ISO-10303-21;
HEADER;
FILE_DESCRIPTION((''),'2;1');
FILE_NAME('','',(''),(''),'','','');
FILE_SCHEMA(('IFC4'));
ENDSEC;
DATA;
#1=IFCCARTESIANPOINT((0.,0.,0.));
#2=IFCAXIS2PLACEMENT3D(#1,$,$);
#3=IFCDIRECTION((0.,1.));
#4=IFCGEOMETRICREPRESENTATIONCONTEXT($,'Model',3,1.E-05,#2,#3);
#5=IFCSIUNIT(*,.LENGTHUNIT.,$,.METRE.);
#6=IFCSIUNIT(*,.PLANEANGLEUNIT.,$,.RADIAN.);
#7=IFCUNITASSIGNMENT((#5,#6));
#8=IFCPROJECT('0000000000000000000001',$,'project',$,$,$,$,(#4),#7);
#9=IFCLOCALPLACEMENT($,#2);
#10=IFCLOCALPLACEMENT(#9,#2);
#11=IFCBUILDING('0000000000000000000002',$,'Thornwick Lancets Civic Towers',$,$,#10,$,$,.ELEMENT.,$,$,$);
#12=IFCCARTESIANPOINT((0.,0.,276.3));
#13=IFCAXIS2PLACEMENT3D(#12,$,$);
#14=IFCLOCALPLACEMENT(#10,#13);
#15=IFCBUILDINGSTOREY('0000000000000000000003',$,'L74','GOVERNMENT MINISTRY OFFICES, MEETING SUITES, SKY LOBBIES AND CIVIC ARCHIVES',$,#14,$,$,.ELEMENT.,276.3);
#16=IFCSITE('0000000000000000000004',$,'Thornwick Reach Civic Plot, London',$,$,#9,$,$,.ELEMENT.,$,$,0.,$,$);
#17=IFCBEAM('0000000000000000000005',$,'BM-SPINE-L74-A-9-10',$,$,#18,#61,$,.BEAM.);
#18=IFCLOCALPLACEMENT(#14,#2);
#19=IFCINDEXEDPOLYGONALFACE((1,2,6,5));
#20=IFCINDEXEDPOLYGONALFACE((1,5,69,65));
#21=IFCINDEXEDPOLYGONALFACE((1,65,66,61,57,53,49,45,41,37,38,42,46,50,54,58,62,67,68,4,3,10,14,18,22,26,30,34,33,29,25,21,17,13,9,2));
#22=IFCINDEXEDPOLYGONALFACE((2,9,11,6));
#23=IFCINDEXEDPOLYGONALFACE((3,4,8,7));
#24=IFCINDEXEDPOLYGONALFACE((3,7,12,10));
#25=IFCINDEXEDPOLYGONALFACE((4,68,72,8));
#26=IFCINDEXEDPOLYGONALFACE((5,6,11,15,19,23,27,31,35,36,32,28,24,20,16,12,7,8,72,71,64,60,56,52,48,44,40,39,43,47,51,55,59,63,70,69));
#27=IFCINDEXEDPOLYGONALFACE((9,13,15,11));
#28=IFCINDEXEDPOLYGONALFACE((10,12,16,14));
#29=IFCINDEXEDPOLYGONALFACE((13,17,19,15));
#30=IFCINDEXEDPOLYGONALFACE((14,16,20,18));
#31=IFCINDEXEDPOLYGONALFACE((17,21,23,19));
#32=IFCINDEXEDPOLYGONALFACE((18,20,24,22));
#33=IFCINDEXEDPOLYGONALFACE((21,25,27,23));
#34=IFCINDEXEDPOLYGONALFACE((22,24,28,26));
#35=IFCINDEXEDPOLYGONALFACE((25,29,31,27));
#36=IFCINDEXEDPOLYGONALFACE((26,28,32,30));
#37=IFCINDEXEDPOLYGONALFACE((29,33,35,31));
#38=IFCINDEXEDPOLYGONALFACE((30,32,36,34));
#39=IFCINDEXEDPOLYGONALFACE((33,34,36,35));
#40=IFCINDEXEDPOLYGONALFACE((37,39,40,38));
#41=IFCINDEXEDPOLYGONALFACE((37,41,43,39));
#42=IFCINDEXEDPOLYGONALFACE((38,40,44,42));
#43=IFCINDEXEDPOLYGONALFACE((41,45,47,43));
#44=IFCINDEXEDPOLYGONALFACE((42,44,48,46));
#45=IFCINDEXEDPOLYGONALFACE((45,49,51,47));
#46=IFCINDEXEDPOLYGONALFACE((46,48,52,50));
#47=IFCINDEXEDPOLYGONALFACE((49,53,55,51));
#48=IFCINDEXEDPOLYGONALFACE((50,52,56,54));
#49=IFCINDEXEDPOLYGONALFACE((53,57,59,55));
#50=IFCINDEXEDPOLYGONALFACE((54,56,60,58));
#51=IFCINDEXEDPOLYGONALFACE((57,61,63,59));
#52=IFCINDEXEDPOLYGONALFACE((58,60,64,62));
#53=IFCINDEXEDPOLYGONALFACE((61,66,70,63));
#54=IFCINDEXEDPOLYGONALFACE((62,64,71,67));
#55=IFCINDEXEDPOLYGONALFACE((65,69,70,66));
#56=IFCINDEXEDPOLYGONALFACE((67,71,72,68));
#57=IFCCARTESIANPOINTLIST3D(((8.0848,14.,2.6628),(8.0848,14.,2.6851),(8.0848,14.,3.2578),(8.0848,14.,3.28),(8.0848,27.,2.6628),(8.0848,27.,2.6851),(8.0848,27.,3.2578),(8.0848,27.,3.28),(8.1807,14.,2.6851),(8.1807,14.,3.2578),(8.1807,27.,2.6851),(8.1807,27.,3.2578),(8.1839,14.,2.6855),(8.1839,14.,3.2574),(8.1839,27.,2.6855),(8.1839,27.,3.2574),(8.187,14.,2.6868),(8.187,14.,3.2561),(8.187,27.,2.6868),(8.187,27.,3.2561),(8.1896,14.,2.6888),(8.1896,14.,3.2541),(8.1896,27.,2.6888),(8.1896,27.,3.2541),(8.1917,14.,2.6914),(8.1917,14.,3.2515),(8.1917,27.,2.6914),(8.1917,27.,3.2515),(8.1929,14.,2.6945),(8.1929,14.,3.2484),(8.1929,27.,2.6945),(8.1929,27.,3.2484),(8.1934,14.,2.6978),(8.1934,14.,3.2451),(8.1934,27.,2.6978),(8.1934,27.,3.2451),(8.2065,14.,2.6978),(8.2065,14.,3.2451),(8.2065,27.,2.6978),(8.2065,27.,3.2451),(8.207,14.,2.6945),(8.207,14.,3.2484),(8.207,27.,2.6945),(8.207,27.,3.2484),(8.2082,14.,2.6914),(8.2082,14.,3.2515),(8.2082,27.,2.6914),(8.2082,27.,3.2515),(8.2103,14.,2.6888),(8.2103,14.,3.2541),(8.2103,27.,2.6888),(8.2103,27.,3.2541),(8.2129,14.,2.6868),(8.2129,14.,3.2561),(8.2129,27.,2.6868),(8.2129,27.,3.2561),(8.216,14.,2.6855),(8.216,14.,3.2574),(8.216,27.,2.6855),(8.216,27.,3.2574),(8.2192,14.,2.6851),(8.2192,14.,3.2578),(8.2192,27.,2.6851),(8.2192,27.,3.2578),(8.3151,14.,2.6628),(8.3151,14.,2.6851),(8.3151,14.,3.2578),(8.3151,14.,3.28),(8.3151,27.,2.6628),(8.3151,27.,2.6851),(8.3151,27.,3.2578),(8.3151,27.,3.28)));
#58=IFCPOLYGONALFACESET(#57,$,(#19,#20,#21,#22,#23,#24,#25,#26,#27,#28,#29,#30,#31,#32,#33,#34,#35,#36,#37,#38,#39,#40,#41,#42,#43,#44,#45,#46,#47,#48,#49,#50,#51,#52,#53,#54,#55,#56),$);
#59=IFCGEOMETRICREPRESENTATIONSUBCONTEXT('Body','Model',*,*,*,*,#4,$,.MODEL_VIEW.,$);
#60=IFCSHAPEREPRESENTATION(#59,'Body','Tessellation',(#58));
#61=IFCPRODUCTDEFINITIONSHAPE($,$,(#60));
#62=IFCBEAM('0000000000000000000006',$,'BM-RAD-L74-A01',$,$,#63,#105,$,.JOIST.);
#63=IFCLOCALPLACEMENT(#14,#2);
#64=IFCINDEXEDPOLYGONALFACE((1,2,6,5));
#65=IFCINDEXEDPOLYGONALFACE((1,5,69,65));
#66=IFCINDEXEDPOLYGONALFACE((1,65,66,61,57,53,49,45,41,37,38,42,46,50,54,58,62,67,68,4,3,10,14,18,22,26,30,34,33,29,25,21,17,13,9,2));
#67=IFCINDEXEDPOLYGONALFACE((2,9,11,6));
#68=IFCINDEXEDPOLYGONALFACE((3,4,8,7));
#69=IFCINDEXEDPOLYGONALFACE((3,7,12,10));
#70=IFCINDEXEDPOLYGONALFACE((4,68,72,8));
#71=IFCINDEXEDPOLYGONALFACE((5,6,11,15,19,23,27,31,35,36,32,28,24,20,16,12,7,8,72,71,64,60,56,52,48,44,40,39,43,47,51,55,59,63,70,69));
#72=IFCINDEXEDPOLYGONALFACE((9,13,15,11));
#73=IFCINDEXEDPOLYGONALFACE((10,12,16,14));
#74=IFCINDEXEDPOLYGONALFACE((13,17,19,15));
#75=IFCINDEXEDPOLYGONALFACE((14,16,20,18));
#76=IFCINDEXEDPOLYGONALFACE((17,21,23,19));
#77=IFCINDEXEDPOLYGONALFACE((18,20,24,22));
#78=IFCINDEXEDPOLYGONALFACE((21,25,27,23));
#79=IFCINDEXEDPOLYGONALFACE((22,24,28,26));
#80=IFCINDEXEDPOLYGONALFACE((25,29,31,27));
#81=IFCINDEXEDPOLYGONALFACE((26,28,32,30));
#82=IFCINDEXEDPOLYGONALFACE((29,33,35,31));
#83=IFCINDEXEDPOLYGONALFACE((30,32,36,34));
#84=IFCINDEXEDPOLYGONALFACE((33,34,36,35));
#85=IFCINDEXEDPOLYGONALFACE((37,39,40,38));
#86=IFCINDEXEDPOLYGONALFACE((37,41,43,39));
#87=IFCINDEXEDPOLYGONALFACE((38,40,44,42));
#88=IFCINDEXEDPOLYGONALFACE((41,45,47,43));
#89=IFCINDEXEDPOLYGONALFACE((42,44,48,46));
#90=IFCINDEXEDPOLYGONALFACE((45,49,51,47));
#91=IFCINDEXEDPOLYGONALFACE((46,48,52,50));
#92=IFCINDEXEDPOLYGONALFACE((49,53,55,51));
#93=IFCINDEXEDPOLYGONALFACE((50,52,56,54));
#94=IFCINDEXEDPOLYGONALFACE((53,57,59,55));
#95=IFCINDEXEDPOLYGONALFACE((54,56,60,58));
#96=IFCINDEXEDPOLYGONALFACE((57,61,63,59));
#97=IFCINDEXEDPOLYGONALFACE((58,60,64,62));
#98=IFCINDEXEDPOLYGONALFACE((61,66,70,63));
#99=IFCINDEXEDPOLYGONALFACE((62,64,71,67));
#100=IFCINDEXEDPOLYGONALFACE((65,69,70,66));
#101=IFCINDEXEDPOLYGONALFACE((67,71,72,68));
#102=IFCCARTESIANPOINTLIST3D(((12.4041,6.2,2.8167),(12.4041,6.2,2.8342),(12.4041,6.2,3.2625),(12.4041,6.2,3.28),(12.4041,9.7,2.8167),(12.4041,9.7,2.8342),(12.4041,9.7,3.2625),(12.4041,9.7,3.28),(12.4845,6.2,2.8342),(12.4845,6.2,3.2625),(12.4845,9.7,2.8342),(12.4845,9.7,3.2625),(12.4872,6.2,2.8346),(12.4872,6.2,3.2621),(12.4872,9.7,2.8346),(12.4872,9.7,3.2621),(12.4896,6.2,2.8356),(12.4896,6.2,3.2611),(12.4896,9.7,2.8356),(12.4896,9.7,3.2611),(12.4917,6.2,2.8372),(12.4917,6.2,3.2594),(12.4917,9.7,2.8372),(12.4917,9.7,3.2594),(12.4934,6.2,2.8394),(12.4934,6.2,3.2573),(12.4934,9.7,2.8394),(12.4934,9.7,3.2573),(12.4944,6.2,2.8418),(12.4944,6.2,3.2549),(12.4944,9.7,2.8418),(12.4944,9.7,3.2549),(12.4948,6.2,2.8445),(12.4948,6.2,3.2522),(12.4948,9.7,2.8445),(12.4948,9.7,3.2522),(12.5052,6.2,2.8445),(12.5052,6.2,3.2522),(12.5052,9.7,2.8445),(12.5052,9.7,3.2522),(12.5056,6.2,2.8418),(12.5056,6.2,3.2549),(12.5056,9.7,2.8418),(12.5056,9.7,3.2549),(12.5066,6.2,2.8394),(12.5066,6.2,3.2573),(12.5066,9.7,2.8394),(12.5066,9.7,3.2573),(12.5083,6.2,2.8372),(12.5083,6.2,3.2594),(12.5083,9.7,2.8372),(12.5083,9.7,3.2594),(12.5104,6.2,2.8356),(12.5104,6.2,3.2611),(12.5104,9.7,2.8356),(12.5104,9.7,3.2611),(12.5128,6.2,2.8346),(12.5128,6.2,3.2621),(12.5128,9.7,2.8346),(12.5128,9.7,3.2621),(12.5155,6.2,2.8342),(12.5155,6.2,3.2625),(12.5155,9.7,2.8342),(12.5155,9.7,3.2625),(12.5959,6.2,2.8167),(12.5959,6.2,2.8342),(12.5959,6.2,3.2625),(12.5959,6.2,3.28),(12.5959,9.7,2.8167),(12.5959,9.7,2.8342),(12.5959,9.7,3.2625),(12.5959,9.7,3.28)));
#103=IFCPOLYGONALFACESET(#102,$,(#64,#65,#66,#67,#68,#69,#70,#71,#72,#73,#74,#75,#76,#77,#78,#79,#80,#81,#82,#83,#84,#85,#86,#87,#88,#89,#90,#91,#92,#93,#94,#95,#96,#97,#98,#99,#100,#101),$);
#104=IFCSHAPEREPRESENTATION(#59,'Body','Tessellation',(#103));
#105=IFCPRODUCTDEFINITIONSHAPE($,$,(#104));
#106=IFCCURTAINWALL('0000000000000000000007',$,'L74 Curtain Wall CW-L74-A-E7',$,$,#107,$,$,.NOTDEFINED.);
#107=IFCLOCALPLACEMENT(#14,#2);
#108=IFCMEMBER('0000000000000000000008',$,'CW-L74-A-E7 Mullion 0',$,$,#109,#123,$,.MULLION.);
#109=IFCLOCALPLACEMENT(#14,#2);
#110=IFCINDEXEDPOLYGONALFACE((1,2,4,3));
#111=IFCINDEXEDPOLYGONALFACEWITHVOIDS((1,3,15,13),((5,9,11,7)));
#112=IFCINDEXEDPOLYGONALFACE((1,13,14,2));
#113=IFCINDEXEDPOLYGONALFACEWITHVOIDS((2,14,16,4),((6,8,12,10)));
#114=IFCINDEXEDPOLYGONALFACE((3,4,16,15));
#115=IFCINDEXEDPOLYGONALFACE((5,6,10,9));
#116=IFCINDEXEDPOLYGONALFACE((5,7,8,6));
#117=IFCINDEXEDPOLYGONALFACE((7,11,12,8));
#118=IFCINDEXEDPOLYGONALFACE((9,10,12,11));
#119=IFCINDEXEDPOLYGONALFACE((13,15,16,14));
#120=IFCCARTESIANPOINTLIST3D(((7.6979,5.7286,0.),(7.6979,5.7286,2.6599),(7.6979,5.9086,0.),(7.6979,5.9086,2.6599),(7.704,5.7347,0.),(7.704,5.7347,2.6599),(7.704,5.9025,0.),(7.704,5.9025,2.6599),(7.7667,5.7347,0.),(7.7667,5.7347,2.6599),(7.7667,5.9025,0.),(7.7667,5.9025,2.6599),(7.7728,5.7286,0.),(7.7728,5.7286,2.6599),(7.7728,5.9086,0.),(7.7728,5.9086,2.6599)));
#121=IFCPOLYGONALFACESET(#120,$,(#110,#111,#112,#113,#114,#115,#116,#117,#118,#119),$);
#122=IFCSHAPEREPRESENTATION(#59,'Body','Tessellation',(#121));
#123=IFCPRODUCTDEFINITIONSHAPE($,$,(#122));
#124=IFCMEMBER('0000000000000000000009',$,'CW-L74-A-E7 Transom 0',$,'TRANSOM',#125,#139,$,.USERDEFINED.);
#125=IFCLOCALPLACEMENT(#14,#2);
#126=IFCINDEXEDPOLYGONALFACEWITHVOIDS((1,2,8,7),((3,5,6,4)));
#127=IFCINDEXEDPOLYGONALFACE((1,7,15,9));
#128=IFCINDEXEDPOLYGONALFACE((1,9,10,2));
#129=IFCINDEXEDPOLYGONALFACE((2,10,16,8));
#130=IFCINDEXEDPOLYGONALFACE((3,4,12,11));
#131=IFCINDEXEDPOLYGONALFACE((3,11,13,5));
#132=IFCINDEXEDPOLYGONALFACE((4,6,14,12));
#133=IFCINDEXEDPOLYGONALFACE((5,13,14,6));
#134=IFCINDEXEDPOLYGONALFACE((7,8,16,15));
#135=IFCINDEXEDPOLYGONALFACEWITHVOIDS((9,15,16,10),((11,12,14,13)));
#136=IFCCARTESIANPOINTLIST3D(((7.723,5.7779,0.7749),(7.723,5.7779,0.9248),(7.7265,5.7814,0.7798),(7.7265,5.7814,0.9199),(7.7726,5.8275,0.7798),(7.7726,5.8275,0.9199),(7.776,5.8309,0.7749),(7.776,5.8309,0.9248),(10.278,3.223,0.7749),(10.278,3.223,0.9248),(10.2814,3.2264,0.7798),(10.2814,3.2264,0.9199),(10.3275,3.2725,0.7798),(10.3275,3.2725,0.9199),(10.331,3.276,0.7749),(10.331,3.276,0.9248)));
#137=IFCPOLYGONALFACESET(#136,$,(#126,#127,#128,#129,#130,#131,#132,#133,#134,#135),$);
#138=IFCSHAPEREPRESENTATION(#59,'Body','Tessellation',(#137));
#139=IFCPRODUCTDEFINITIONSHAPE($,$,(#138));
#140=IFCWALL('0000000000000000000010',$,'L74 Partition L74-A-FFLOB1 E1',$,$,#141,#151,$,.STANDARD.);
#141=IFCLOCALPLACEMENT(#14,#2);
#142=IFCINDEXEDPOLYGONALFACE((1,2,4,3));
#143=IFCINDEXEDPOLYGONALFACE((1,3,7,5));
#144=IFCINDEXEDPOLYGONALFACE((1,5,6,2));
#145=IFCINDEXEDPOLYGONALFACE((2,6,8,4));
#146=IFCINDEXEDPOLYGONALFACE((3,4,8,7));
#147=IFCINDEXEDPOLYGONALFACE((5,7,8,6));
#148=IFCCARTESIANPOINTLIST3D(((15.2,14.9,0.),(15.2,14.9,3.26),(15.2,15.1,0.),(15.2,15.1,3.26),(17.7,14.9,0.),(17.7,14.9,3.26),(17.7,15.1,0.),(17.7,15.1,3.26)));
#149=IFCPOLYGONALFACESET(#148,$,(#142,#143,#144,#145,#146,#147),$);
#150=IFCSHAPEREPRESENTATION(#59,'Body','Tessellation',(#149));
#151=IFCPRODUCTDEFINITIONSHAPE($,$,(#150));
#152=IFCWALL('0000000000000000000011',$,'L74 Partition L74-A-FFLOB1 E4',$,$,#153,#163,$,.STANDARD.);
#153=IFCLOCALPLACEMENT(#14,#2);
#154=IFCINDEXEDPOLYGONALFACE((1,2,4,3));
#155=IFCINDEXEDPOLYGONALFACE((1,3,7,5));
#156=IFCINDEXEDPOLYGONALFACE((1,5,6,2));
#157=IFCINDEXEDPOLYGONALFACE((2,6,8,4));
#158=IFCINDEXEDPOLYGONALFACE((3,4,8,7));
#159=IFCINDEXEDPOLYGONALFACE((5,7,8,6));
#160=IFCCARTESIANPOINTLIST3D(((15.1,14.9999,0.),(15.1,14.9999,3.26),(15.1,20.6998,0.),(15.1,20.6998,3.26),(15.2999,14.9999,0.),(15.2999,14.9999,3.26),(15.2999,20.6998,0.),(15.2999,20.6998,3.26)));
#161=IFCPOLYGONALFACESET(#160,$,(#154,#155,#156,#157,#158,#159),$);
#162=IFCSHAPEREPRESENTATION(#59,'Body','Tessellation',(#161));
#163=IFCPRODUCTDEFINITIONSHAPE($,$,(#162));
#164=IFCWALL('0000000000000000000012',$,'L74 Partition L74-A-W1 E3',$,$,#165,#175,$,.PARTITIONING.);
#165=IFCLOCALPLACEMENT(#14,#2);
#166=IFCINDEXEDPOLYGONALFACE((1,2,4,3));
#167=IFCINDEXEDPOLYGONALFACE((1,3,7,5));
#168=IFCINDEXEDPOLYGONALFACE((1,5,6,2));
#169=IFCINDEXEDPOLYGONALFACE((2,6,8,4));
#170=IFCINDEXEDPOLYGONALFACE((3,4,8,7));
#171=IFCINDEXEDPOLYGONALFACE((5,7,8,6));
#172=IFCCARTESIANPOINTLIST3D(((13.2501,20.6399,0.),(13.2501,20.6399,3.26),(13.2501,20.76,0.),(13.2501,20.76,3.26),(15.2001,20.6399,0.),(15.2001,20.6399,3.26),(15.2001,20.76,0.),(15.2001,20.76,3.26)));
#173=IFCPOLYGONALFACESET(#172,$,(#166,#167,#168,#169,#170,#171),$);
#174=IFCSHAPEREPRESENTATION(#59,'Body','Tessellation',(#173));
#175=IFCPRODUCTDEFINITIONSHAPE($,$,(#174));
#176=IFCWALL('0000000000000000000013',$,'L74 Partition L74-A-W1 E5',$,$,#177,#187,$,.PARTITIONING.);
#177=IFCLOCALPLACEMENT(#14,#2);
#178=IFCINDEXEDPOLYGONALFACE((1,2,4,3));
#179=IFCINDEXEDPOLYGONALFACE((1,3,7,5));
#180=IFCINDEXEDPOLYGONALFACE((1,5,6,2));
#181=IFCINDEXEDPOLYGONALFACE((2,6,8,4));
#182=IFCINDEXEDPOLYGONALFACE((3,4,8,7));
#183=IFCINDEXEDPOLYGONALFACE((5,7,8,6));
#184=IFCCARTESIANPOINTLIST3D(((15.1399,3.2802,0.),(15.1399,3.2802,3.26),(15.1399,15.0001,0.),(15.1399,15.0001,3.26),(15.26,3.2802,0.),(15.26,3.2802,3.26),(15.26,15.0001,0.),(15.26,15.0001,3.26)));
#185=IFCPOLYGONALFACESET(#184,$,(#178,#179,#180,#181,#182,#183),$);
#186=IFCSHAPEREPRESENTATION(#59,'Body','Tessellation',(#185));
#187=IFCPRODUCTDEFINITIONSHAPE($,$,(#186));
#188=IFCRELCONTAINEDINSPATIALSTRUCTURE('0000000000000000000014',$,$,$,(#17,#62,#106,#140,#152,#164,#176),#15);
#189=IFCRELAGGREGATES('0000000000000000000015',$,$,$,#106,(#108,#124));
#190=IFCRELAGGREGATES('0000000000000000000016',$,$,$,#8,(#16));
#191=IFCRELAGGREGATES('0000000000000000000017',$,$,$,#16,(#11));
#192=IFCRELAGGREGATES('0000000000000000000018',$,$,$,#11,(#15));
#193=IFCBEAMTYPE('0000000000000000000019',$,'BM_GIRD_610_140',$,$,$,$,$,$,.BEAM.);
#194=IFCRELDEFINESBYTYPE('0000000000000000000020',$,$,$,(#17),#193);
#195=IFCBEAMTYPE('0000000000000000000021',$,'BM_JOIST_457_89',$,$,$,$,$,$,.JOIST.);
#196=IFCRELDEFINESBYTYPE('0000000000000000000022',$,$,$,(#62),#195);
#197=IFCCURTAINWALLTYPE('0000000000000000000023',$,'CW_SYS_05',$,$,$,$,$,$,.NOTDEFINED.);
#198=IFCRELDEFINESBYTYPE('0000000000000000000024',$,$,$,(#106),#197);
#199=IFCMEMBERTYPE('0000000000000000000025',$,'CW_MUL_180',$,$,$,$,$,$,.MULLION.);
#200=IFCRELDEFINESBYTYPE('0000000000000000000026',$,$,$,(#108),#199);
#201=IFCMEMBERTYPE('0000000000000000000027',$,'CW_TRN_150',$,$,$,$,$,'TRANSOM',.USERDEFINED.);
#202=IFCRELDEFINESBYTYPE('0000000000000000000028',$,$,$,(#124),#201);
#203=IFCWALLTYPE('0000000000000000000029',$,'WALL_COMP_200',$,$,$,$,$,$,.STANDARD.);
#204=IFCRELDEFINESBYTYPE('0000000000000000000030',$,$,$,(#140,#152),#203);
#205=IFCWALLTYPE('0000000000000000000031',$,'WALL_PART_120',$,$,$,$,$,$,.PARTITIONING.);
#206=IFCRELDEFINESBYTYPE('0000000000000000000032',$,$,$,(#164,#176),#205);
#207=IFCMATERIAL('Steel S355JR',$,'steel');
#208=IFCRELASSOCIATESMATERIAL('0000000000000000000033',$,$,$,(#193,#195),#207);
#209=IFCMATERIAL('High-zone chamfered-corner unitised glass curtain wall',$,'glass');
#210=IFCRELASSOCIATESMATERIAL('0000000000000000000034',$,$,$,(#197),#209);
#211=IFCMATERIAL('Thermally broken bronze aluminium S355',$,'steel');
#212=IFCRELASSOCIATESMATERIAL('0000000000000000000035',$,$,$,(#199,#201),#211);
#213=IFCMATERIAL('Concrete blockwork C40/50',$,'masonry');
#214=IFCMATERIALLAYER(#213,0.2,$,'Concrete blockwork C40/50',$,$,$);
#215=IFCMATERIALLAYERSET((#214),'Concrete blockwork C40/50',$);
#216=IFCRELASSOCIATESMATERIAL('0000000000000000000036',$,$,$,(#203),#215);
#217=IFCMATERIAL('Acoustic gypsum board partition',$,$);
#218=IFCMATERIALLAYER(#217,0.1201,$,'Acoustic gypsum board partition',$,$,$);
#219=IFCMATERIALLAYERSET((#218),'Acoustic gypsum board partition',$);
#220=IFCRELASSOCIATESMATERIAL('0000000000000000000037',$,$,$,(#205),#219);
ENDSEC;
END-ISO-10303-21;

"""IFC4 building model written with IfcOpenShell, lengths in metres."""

from ifc_helpers import new_model, si_unit, direction, frame, frame_2d, origin, origin_2d, place, context, subcontext, project, spatial, rectangle, hollow_rectangle, i_section, extrude, material, layer, layer_set, material_profile, profile_set, type_object, element, aggregate, save


model = new_model("IFC4")

# Units and contexts
model_context = context("Model", 3, precision=1e-05, world=origin(), true_north=direction((0.0, 1.0)))
body_context = subcontext(model_context, "Body", "Model", "MODEL_VIEW")
ifc_project = project(units=[si_unit("LENGTHUNIT", "METRE"), si_unit("PLANEANGLEUNIT", "RADIAN")], contexts=[model_context])

# Site, building, storey
site_placement = place(None, origin())
site = spatial("IfcSite", under=ifc_project, at=site_placement, Name="Thornwick Reach Civic Plot, London", CompositionType="ELEMENT", RefElevation=0.0)
building_placement = place(site_placement, origin())
building = spatial("IfcBuilding", under=site, at=building_placement, Name="Thornwick Lancets Civic Towers", CompositionType="ELEMENT")
storey_placement = place(building_placement, frame((0.0, 0.0, 276.3)))
storey = spatial("IfcBuildingStorey", under=building, at=storey_placement, Name="L74", Description="GOVERNMENT MINISTRY OFFICES, MEETING SUITES, SKY LOBBIES AND CIVIC ARCHIVES", CompositionType="ELEMENT", Elevation=276.3)

# Shared definitions
ifc_material_1 = material(Name="Steel S355JR", Category="steel")

# Beams
ifc_material_profile_1 = material_profile(ifc_material_1, i_section(OverallWidth=0.2302, OverallDepth=0.6172, WebThickness=0.0132, FlangeThickness=0.0222, FilletRadius=0.0127, at=origin_2d()), Name="UKB 610x229x140")
ifc_profile_set_1 = profile_set([ifc_material_profile_1], Name="Steel S355JR")
beam_type_1 = type_object("IfcBeamType", Name="BM_GIRD_610_140", PredefinedType="BEAM", material=ifc_profile_set_1)
for number, where, z_axis, x_axis, name in (
    (1, (8.2, 14.0, 2.9714), (0.0, 1.0, 0.0), (-1.0, 0.0, 0.0), "BM-SPINE-L74-A-9-10"),
):
    element("IfcBeam", number, at=place(storey_placement, frame(where, z_axis=z_axis, x_axis=x_axis)), inside=storey, type_object=beam_type_1, Name=name, PredefinedType="BEAM", context=body_context, shape_type="SweptSolid", body=[
        extrude(i_section(OverallWidth=0.2302, OverallDepth=0.6172, WebThickness=0.0132, FlangeThickness=0.0222, FilletRadius=0.0127, at=origin_2d()), origin(), (0.0, 0.0, 1.0), 13.0),
    ])
ifc_material_profile_2 = material_profile(ifc_material_1, i_section(OverallWidth=0.1919, OverallDepth=0.4634, WebThickness=0.0105, FlangeThickness=0.0176, FilletRadius=0.0103, at=origin_2d()), Name="UKB 457x191x89")
ifc_profile_set_2 = profile_set([ifc_material_profile_2], Name="Steel S355JR")
beam_type_2 = type_object("IfcBeamType", Name="BM_JOIST_457_89", PredefinedType="JOIST", material=ifc_profile_set_2)
beam_1_placement = place(storey_placement, frame((12.5, 9.7, 3.0483), z_axis=(0.0, -1.0, 0.0), x_axis=(1.0, 0.0, 0.0)))
element("IfcBeam", 2, at=beam_1_placement, inside=storey, type_object=beam_type_2, Name="BM-RAD-L74-A01", PredefinedType="JOIST", context=body_context, shape_type="SweptSolid", body=[
    extrude(i_section(OverallWidth=0.1919, OverallDepth=0.4634, WebThickness=0.0105, FlangeThickness=0.0176, FilletRadius=0.0103, at=origin_2d()), origin(), (0.0, 0.0, 1.0), 3.5),
])

# Curtain wall, members
ifc_material_2 = material(Name="High-zone chamfered-corner unitised glass curtain wall", Category="glass")
curtain_wall_type = type_object("IfcCurtainWallType", Name="CW_SYS_05", PredefinedType="NOTDEFINED", material=ifc_material_2)
curtain_wall_placement = place(storey_placement, origin())
curtain_wall = element("IfcCurtainWall", 3, at=curtain_wall_placement, inside=storey, type_object=curtain_wall_type, Name="L74 Curtain Wall CW-L74-A-E7", PredefinedType="NOTDEFINED")
ifc_material_3 = material(Name="Thermally broken bronze aluminium S355", Category="steel")
ifc_material_profile_3 = material_profile(ifc_material_3, hollow_rectangle(XDim=0.075, YDim=0.1799, WallThickness=0.0061, at=origin_2d()), Name="RHS 180x75x6")
ifc_profile_set_3 = profile_set([ifc_material_profile_3], Name="Thermally broken bronze aluminium S355")
member_type_1 = type_object("IfcMemberType", Name="CW_MUL_180", PredefinedType="MULLION", material=ifc_profile_set_3)
member_1_placement = place(storey_placement, frame((7.7354, 5.8186, 0.0), z_axis=(0.0, 0.0, 1.0), x_axis=(1.0, 0.0, 0.0)))
member_1 = element("IfcMember", 4, at=member_1_placement, type_object=member_type_1, Name="CW-L74-A-E7 Mullion 0", PredefinedType="MULLION", context=body_context, shape_type="SweptSolid", body=[
    extrude(hollow_rectangle(XDim=0.075, YDim=0.1799, WallThickness=0.0061, at=origin_2d()), origin(), (0.0, 0.0, 1.0), 2.6599),
])
ifc_material_profile_4 = material_profile(ifc_material_3, hollow_rectangle(XDim=0.075, YDim=0.1499, WallThickness=0.0049, at=origin_2d()), Name="RHS 150x75x5")
ifc_profile_set_4 = profile_set([ifc_material_profile_4], Name="Thermally broken bronze aluminium S355")
member_type_2 = type_object("IfcMemberType", Name="CW_TRN_150", ElementType="TRANSOM", PredefinedType="USERDEFINED", material=ifc_profile_set_4)
member_2_placement = place(storey_placement, frame((7.7495, 5.8044, 0.8499), z_axis=(0.707107, -0.707107, 0.0), x_axis=(0.707107, 0.707107, 0.0)))
member_2 = element("IfcMember", 5, at=member_2_placement, type_object=member_type_2, Name="CW-L74-A-E7 Transom 0", ObjectType="TRANSOM", PredefinedType="USERDEFINED", context=body_context, shape_type="SweptSolid", body=[
    extrude(hollow_rectangle(XDim=0.075, YDim=0.1499, WallThickness=0.0049, at=origin_2d()), origin(), (0.0, 0.0, 1.0), 3.6133),
])
aggregate(curtain_wall, [member_1, member_2])

# Walls
ifc_material_4 = material(Name="Concrete blockwork C40/50", Category="masonry")
ifc_layer_1 = layer(ifc_material_4, 0.2, Name="Concrete blockwork C40/50")
ifc_layer_set_1 = layer_set([ifc_layer_1], Name="Concrete blockwork C40/50")
wall_type_1 = type_object("IfcWallType", Name="WALL_COMP_200", PredefinedType="STANDARD", material=ifc_layer_set_1)
wall_1_placement = place(storey_placement, frame((15.2, 15.0, 0.0), z_axis=(0.0, 0.0, 1.0), x_axis=(1.0, 0.0, 0.0)))
element("IfcWall", 6, at=wall_1_placement, inside=storey, type_object=wall_type_1, Name="L74 Partition L74-A-FFLOB1 E1", PredefinedType="STANDARD", context=body_context, shape_type="SweptSolid", body=[
    extrude(rectangle(XDim=2.5, YDim=0.2, at=frame_2d((1.25, 0.0))), origin(), (0.0, 0.0, 1.0), 3.26),
])
wall_2_placement = place(storey_placement, frame((15.2, 20.7, 0.0), z_axis=(0.0, 0.0, 1.0), x_axis=(0.0, -1.0, 0.0)))
element("IfcWall", 7, at=wall_2_placement, inside=storey, type_object=wall_type_1, Name="L74 Partition L74-A-FFLOB1 E4", PredefinedType="STANDARD", context=body_context, shape_type="SweptSolid", body=[
    extrude(rectangle(XDim=5.7, YDim=0.2, at=frame_2d((2.8501, 0.0))), origin(), (0.0, 0.0, 1.0), 3.26),
])
ifc_material_5 = material(Name="Acoustic gypsum board partition")
ifc_layer_2 = layer(ifc_material_5, 0.1201, Name="Acoustic gypsum board partition")
ifc_layer_set_2 = layer_set([ifc_layer_2], Name="Acoustic gypsum board partition")
wall_type_2 = type_object("IfcWallType", Name="WALL_PART_120", PredefinedType="PARTITIONING", material=ifc_layer_set_2)
wall_3_placement = place(storey_placement, frame((13.25, 20.7, 0.0), z_axis=(0.0, 0.0, 1.0), x_axis=(1.0, 0.0, 0.0)))
element("IfcWall", 8, at=wall_3_placement, inside=storey, type_object=wall_type_2, Name="L74 Partition L74-A-W1 E3", PredefinedType="PARTITIONING", context=body_context, shape_type="SweptSolid", body=[
    extrude(rectangle(XDim=1.95, YDim=0.1201, at=frame_2d((0.9751, 0.0))), origin(), (0.0, 0.0, 1.0), 3.26),
])
wall_4_placement = place(storey_placement, frame((15.2, 15.0, 0.0), z_axis=(0.0, 0.0, 1.0), x_axis=(0.0, -1.0, 0.0)))
element("IfcWall", 9, at=wall_4_placement, inside=storey, type_object=wall_type_2, Name="L74 Partition L74-A-W1 E5", PredefinedType="PARTITIONING", context=body_context, shape_type="SweptSolid", body=[
    extrude(rectangle(XDim=11.72, YDim=0.1201, at=frame_2d((5.8599, 0.0))), origin(), (0.0, 0.0, 1.0), 3.26),
])

save(model, "model.ifc")
